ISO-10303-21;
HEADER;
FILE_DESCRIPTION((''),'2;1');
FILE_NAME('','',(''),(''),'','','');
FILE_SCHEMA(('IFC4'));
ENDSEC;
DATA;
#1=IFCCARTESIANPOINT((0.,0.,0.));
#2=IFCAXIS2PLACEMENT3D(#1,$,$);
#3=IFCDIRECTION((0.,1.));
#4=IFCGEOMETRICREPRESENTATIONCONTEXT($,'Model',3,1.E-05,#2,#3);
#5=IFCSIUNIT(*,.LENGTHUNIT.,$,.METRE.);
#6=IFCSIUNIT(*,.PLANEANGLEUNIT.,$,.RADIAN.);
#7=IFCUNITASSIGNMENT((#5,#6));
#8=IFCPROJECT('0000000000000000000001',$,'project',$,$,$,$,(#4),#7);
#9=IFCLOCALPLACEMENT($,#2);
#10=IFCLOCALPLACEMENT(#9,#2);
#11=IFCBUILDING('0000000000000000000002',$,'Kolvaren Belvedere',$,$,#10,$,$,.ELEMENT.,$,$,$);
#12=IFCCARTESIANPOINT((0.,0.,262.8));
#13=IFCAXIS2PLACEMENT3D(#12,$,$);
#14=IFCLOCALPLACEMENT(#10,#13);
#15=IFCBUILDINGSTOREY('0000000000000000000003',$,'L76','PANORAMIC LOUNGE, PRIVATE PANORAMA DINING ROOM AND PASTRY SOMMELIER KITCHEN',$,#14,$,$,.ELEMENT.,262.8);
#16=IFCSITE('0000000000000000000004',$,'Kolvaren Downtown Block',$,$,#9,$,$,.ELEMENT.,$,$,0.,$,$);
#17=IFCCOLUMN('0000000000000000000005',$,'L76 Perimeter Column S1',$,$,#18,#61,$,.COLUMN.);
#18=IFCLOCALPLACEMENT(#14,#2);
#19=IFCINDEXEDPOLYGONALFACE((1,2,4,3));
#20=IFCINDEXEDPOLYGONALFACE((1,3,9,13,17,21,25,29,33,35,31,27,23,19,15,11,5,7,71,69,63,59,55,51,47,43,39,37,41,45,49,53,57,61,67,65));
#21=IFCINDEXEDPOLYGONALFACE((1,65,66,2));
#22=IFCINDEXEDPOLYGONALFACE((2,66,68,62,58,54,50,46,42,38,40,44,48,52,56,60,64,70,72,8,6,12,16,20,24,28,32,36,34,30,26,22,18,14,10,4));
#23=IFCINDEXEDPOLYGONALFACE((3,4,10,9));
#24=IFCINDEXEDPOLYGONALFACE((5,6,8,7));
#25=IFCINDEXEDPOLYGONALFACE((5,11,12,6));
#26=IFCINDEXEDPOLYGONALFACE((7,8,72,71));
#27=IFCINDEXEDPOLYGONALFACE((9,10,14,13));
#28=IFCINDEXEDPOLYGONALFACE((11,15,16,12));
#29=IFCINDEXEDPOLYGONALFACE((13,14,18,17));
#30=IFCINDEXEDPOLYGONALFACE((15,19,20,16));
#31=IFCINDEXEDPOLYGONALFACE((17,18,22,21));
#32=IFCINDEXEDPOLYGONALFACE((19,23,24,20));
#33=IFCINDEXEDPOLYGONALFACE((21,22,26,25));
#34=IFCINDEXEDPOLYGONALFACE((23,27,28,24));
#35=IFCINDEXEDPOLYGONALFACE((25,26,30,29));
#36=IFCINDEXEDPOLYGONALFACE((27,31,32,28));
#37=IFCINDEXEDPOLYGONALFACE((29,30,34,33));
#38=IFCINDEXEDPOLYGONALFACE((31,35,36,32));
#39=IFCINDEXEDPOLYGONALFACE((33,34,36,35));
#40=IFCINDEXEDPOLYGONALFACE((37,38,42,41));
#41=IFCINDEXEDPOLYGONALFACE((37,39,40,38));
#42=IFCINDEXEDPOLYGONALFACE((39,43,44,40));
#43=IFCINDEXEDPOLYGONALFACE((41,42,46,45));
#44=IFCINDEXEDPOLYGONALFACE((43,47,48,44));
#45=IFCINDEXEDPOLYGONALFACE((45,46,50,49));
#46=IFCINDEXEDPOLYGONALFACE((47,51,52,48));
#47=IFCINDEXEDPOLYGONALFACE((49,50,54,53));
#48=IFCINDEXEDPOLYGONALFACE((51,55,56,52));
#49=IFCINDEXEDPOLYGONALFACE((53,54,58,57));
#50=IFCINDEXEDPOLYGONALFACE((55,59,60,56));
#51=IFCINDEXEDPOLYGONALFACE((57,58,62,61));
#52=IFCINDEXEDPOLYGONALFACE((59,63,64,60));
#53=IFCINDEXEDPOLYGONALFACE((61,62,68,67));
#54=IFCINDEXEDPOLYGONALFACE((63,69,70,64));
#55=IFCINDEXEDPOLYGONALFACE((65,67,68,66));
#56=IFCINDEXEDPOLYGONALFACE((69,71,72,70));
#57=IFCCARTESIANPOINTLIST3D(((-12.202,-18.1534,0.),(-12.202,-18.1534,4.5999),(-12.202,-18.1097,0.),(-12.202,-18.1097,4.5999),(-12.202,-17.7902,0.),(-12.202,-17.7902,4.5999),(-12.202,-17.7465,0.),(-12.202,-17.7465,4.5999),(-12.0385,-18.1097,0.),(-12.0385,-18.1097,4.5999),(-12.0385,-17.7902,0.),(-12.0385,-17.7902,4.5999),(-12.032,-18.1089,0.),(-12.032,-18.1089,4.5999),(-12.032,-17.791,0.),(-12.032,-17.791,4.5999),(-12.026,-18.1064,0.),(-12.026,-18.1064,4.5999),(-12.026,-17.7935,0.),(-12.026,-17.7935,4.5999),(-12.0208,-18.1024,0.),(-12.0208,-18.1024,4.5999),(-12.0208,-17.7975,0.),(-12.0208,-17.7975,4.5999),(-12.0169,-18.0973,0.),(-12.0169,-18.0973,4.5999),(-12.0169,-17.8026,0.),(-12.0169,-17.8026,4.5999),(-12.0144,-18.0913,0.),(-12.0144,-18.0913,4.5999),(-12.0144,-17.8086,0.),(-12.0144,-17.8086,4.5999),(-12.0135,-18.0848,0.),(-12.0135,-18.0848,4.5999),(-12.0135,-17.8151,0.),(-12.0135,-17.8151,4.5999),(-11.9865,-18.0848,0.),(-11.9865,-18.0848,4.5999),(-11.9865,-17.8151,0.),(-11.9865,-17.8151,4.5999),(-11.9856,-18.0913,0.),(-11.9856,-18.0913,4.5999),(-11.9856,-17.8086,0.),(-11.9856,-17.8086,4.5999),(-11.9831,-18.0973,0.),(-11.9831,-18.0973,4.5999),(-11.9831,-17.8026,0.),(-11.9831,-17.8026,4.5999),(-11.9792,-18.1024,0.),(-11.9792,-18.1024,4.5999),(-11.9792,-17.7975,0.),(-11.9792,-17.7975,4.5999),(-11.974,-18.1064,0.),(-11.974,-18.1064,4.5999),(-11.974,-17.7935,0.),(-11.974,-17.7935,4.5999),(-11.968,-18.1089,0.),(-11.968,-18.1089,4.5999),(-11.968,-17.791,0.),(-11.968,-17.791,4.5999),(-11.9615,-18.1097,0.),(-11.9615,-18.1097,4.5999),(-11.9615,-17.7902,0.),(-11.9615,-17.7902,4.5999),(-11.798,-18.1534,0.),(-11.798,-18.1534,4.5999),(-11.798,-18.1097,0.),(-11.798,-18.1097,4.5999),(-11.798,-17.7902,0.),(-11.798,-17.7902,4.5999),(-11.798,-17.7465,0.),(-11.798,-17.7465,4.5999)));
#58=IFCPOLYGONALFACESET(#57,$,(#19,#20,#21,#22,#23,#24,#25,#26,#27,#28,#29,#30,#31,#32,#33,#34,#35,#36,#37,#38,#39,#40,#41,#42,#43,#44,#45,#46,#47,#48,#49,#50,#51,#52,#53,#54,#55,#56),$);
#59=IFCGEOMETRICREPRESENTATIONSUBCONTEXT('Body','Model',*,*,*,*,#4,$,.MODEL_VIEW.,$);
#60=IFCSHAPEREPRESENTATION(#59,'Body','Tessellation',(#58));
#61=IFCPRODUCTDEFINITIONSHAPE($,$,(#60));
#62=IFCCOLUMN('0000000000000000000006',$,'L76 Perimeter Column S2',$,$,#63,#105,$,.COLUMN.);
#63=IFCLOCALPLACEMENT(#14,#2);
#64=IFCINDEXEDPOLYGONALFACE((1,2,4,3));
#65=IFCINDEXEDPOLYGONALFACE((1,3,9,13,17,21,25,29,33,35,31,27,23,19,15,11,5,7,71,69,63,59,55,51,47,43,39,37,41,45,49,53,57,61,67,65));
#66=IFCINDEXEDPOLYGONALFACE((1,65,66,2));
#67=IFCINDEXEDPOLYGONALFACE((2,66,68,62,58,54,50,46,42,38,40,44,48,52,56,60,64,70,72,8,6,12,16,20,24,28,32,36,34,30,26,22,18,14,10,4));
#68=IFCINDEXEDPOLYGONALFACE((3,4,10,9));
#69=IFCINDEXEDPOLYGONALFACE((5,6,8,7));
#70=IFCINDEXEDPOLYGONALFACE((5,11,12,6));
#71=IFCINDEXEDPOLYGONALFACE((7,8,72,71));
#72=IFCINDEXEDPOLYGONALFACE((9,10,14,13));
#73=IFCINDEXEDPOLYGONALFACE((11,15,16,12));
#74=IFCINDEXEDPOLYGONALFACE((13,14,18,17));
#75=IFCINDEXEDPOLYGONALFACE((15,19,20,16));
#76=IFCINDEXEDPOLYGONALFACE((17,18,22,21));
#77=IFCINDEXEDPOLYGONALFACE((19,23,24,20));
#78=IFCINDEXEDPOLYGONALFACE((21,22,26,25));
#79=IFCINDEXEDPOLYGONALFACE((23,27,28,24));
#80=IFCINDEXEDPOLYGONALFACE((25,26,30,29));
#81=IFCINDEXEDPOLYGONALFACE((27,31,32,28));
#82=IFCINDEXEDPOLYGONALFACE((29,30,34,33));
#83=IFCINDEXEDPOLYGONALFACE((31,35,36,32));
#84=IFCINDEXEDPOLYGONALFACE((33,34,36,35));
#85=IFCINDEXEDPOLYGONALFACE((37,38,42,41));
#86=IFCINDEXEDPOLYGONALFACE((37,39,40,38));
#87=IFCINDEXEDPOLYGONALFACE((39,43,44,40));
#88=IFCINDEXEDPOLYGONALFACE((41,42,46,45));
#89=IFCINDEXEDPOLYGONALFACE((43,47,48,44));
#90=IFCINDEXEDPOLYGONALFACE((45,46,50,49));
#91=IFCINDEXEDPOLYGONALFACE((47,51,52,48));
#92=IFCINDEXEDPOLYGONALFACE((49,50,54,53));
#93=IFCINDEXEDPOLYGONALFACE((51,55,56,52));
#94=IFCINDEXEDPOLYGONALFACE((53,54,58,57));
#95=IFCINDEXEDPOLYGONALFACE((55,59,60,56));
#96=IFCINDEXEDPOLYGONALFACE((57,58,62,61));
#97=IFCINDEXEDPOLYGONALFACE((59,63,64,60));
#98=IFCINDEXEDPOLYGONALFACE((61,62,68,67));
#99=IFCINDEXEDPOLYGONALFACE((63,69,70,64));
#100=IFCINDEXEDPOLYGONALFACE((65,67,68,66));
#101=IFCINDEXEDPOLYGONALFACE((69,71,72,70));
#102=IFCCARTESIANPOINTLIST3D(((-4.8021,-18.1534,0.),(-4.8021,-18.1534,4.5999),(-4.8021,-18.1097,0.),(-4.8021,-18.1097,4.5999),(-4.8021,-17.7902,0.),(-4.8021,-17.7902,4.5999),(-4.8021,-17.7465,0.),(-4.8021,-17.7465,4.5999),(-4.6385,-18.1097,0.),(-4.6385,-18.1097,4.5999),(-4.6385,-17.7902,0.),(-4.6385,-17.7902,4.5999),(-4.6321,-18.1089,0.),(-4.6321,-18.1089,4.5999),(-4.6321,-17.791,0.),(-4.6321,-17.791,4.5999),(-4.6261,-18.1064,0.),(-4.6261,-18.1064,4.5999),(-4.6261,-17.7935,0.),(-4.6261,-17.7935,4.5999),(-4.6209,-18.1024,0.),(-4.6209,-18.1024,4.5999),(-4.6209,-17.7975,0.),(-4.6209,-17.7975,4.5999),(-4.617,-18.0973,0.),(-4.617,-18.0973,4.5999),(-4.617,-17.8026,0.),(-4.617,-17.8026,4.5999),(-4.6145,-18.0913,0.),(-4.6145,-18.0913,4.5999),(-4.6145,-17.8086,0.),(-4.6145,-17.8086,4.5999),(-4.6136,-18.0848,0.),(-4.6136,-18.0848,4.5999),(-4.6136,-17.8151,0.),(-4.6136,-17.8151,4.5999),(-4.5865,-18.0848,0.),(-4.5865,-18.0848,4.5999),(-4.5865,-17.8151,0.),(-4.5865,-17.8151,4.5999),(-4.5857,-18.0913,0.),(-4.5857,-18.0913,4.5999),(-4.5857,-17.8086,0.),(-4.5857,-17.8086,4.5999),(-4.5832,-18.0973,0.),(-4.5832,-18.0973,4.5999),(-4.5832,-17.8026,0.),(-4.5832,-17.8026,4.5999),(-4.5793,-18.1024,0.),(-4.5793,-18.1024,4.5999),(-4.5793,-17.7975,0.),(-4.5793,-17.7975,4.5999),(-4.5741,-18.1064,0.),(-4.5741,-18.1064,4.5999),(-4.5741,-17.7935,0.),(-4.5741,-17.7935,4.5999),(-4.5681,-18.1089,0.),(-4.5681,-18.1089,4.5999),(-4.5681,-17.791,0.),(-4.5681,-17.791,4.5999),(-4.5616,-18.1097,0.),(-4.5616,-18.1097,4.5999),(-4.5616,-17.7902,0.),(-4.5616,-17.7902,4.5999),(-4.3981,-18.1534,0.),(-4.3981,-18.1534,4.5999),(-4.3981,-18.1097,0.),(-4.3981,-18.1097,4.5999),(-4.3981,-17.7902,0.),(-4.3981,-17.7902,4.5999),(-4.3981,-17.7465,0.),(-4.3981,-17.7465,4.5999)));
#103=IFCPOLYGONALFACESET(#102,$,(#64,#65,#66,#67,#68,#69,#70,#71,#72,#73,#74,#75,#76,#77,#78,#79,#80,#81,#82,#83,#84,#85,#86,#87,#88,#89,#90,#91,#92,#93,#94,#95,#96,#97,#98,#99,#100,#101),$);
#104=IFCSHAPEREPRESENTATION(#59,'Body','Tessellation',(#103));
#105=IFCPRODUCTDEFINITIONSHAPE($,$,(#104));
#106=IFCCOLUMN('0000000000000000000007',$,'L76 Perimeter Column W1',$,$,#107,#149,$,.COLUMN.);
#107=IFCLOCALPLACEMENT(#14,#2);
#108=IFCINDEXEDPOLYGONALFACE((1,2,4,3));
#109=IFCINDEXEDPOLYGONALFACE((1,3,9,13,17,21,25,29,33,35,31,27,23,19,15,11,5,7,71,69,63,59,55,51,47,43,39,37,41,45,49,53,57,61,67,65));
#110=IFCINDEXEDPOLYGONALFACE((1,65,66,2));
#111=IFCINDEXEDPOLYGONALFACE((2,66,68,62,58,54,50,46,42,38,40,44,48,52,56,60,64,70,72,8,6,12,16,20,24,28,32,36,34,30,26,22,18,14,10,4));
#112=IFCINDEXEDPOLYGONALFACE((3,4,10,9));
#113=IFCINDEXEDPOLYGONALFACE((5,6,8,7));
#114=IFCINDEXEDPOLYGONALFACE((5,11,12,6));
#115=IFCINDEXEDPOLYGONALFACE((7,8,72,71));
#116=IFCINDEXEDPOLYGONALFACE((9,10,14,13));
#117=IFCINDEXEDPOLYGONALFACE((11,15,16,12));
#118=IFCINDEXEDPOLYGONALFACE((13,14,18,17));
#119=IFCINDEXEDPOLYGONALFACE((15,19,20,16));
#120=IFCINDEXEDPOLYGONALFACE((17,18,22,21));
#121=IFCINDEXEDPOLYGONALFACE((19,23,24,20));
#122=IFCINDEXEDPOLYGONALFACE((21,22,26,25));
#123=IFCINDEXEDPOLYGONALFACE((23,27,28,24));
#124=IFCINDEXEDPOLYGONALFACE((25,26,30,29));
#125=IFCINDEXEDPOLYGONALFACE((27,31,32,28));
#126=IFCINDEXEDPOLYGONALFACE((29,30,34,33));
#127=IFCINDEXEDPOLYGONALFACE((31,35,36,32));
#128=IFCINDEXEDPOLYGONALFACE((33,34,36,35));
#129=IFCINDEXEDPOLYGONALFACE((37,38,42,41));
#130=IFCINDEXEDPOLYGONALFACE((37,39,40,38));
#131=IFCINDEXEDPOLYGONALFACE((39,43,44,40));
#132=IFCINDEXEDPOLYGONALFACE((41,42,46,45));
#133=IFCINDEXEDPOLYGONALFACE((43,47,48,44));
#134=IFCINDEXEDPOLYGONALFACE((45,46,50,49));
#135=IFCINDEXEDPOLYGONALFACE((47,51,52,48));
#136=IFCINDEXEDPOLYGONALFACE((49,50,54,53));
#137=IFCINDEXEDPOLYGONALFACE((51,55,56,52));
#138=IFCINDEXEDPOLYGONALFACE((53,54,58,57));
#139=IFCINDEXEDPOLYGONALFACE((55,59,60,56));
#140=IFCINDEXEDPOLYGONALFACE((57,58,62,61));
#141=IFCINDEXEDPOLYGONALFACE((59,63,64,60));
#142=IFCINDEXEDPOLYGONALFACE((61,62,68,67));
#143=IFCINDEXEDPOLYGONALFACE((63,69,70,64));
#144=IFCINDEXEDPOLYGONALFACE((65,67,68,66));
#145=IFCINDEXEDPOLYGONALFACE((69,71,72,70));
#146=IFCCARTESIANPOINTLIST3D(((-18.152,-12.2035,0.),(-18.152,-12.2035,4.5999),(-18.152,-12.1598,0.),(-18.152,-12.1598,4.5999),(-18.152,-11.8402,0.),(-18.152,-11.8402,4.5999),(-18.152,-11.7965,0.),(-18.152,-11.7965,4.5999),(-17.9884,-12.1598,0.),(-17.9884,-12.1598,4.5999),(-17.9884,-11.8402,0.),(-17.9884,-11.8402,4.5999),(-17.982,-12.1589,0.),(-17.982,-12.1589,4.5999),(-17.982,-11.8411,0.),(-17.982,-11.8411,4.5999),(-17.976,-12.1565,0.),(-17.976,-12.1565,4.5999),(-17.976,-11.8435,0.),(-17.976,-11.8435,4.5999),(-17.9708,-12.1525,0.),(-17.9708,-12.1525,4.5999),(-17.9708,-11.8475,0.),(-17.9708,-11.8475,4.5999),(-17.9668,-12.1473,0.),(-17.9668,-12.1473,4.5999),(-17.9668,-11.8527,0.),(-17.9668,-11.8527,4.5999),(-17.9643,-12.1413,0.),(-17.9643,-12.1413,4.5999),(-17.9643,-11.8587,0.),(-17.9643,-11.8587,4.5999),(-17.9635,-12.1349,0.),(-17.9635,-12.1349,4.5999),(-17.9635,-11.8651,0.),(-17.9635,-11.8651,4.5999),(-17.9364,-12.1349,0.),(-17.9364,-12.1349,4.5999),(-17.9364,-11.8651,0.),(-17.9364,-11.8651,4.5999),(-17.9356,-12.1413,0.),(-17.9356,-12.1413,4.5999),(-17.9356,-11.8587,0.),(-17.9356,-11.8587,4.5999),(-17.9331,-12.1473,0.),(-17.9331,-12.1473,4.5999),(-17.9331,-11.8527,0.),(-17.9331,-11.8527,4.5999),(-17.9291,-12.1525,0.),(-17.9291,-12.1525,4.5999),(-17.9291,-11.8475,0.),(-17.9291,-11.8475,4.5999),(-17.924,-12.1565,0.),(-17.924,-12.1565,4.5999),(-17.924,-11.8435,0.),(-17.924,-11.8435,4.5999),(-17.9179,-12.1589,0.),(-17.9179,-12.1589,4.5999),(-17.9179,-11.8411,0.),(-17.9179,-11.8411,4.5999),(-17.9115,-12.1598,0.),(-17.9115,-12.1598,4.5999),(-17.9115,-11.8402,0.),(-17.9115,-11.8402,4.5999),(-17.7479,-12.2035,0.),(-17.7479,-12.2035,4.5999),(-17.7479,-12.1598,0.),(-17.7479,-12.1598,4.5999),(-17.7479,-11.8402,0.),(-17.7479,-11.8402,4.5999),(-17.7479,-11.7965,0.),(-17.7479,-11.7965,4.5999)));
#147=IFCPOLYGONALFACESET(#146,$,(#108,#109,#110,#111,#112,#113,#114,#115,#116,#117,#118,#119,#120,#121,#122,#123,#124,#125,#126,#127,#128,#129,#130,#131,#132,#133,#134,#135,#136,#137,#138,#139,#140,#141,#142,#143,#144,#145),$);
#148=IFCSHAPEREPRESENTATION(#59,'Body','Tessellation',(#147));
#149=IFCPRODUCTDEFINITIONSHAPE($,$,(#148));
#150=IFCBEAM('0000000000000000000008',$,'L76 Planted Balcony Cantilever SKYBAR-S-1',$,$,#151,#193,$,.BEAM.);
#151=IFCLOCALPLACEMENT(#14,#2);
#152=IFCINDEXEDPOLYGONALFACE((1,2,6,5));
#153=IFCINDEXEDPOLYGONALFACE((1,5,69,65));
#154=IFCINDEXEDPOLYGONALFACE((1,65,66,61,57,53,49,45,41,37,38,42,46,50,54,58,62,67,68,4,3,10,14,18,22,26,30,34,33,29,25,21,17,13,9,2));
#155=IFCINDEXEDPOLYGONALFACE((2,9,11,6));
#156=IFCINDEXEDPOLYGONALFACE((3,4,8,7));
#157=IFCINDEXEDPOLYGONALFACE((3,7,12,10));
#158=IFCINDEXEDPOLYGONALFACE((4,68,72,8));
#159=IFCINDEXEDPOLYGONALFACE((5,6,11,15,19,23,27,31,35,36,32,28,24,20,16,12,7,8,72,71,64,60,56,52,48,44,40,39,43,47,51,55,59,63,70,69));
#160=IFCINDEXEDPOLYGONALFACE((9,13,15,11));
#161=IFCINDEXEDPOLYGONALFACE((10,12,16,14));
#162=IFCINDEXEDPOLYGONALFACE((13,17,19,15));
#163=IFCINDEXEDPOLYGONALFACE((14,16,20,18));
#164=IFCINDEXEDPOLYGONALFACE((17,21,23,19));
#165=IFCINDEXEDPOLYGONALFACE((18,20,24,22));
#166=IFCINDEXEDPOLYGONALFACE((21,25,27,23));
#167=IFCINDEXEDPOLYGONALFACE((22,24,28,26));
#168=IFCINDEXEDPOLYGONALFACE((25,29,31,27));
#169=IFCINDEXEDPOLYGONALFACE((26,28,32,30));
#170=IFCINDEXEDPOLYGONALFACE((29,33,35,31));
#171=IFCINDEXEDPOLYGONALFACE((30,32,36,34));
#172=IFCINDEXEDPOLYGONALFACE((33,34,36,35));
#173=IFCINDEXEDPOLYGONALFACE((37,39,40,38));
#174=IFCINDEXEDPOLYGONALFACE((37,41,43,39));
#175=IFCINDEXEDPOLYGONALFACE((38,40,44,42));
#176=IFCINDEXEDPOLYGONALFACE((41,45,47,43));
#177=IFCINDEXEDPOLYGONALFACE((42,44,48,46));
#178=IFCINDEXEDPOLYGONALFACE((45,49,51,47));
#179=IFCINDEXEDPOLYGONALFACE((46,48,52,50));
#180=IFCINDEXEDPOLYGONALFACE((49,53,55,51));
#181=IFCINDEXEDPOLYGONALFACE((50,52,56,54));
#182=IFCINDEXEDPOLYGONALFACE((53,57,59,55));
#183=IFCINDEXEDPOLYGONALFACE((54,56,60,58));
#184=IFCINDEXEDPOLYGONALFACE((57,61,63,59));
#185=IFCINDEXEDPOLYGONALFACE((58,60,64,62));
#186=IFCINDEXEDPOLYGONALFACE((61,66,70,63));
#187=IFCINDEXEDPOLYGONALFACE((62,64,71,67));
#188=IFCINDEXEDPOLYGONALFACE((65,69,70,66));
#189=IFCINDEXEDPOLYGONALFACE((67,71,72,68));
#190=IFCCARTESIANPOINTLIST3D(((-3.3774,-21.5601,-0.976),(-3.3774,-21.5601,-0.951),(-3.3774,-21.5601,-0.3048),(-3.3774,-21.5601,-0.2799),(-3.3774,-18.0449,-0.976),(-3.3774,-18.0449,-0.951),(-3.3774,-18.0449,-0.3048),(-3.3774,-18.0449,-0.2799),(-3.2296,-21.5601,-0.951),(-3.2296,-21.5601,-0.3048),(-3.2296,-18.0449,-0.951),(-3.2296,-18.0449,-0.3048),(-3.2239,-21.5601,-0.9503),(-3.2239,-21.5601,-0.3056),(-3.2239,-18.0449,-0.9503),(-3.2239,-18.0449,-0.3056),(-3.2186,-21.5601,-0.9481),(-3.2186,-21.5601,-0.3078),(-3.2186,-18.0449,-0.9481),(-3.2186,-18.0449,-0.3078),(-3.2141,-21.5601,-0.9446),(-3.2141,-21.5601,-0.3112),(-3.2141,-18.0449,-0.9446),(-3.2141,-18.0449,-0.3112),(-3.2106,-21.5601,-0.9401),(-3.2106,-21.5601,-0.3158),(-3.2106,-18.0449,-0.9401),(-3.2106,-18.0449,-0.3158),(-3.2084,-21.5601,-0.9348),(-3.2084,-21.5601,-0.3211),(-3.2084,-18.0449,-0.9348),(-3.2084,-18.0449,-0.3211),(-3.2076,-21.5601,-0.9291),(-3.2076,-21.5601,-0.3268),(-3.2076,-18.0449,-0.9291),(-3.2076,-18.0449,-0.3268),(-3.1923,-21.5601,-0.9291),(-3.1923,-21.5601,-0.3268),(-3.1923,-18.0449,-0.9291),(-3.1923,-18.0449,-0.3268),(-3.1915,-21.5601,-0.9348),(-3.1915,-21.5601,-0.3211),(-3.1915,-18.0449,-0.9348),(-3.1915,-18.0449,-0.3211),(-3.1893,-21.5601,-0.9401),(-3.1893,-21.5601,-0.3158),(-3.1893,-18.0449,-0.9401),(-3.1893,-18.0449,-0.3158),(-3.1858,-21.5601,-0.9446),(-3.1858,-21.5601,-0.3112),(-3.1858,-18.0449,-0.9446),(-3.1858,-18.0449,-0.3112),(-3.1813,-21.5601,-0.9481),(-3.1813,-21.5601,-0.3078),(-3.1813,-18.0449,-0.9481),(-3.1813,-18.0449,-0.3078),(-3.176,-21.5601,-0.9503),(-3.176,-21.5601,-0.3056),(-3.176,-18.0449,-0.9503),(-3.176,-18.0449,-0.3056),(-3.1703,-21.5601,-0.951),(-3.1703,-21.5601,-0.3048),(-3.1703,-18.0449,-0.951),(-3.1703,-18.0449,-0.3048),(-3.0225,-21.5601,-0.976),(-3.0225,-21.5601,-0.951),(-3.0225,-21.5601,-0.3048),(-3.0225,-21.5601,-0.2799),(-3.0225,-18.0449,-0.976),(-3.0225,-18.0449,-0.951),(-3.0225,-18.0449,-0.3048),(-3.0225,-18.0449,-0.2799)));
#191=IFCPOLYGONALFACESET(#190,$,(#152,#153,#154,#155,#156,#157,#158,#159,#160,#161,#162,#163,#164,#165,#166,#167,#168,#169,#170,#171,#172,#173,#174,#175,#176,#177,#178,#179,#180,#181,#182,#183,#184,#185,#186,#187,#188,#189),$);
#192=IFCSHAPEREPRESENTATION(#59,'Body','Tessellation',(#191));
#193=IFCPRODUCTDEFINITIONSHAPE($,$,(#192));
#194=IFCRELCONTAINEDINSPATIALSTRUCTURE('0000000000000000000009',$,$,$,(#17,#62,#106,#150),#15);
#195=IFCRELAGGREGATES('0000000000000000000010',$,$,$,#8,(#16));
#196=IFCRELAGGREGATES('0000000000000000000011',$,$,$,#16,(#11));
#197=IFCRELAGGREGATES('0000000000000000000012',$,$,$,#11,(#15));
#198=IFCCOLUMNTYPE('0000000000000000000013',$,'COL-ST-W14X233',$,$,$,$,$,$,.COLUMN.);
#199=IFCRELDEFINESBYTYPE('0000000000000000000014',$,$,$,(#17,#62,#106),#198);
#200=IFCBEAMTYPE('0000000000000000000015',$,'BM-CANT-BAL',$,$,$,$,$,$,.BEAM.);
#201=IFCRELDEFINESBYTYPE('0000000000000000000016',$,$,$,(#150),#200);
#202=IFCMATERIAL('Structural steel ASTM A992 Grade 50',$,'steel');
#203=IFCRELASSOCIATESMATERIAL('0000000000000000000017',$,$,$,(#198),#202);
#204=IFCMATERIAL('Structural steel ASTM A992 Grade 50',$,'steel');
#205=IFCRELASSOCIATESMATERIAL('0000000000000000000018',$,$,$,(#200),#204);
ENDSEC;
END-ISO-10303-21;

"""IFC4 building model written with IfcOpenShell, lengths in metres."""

from ifc_helpers import new_model, si_unit, direction, frame, origin, origin_2d, place, context, subcontext, project, spatial, i_section, extrude, material, material_profile, profile_set, type_object, element, save


model = new_model("IFC4")

# Units and contexts
model_context = context("Model", 3, precision=1e-05, world=origin(), true_north=direction((0.0, 1.0)))
body_context = subcontext(model_context, "Body", "Model", "MODEL_VIEW")
ifc_project = project(units=[si_unit("LENGTHUNIT", "METRE"), si_unit("PLANEANGLEUNIT", "RADIAN")], contexts=[model_context])

# Site, building, storey
site_placement = place(None, origin())
site = spatial("IfcSite", under=ifc_project, at=site_placement, Name="Kolvaren Downtown Block", CompositionType="ELEMENT", RefElevation=0.0)
building_placement = place(site_placement, origin())
building = spatial("IfcBuilding", under=site, at=building_placement, Name="Kolvaren Belvedere", CompositionType="ELEMENT")
storey_placement = place(building_placement, frame((0.0, 0.0, 262.8)))
storey = spatial("IfcBuildingStorey", under=building, at=storey_placement, Name="L76", Description="PANORAMIC LOUNGE, PRIVATE PANORAMA DINING ROOM AND PASTRY SOMMELIER KITCHEN", CompositionType="ELEMENT", Elevation=262.8)

# Columns
ifc_material_1 = material(Name="Structural steel ASTM A992 Grade 50", Category="steel")
ifc_material_profile_1 = material_profile(ifc_material_1, i_section(OverallWidth=0.4041, OverallDepth=0.407, WebThickness=0.0271, FlangeThickness=0.0437, FilletRadius=0.0249, at=origin_2d()), Name="W14X233")
ifc_profile_set_1 = profile_set([ifc_material_profile_1], Name="Structural steel ASTM A992 Grade 50")
column_type = type_object("IfcColumnType", Name="COL-ST-W14X233", PredefinedType="COLUMN", material=ifc_profile_set_1)
for number, where, z_axis, x_axis, name in (
    (1, (-12.0, -17.95, 0.0), (0.0, 0.0, 1.0), (1.0, 0.0, 0.0), "L76 Perimeter Column S1"),
    (2, (-4.6001, -17.95, 0.0), (0.0, 0.0, 1.0), (1.0, 0.0, 0.0), "L76 Perimeter Column S2"),
    (3, (-17.95, -12.0, 0.0), (0.0, 0.0, 1.0), (1.0, 0.0, 0.0), "L76 Perimeter Column W1"),
):
    element("IfcColumn", number, at=place(storey_placement, frame(where, z_axis=z_axis, x_axis=x_axis)), inside=storey, type_object=column_type, Name=name, PredefinedType="COLUMN", context=body_context, shape_type="SweptSolid", body=[
        extrude(i_section(OverallWidth=0.4041, OverallDepth=0.407, WebThickness=0.0271, FlangeThickness=0.0437, FilletRadius=0.0249, at=origin_2d()), origin(), (0.0, 0.0, 1.0), 4.5999),
    ])

# Beam
ifc_material_2 = material(Name="Structural steel ASTM A992 Grade 50", Category="steel")
ifc_material_profile_2 = material_profile(ifc_material_2, i_section(OverallWidth=0.355, OverallDepth=0.696, WebThickness=0.0154, FlangeThickness=0.0249, FilletRadius=0.022, at=origin_2d()), Name="W27X146")
ifc_profile_set_2 = profile_set([ifc_material_profile_2], Name="Structural steel ASTM A992 Grade 50")
beam_type_1 = type_object("IfcBeamType", Name="BM-CANT-BAL", PredefinedType="BEAM", material=ifc_profile_set_2)
beam_1_placement = place(storey_placement, frame((-3.2, -18.0449, -0.6279), z_axis=(0.0, -1.0, 0.0), x_axis=(1.0, 0.0, 0.0)))
element("IfcBeam", 4, at=beam_1_placement, inside=storey, type_object=beam_type_1, Name="L76 Planted Balcony Cantilever SKYBAR-S-1", PredefinedType="BEAM", context=body_context, shape_type="SweptSolid", body=[
    extrude(i_section(OverallWidth=0.355, OverallDepth=0.696, WebThickness=0.0154, FlangeThickness=0.0249, FilletRadius=0.022, at=origin_2d()), origin(), (0.0, 0.0, 1.0), 3.5151),
])

save(model, "model.ifc")
